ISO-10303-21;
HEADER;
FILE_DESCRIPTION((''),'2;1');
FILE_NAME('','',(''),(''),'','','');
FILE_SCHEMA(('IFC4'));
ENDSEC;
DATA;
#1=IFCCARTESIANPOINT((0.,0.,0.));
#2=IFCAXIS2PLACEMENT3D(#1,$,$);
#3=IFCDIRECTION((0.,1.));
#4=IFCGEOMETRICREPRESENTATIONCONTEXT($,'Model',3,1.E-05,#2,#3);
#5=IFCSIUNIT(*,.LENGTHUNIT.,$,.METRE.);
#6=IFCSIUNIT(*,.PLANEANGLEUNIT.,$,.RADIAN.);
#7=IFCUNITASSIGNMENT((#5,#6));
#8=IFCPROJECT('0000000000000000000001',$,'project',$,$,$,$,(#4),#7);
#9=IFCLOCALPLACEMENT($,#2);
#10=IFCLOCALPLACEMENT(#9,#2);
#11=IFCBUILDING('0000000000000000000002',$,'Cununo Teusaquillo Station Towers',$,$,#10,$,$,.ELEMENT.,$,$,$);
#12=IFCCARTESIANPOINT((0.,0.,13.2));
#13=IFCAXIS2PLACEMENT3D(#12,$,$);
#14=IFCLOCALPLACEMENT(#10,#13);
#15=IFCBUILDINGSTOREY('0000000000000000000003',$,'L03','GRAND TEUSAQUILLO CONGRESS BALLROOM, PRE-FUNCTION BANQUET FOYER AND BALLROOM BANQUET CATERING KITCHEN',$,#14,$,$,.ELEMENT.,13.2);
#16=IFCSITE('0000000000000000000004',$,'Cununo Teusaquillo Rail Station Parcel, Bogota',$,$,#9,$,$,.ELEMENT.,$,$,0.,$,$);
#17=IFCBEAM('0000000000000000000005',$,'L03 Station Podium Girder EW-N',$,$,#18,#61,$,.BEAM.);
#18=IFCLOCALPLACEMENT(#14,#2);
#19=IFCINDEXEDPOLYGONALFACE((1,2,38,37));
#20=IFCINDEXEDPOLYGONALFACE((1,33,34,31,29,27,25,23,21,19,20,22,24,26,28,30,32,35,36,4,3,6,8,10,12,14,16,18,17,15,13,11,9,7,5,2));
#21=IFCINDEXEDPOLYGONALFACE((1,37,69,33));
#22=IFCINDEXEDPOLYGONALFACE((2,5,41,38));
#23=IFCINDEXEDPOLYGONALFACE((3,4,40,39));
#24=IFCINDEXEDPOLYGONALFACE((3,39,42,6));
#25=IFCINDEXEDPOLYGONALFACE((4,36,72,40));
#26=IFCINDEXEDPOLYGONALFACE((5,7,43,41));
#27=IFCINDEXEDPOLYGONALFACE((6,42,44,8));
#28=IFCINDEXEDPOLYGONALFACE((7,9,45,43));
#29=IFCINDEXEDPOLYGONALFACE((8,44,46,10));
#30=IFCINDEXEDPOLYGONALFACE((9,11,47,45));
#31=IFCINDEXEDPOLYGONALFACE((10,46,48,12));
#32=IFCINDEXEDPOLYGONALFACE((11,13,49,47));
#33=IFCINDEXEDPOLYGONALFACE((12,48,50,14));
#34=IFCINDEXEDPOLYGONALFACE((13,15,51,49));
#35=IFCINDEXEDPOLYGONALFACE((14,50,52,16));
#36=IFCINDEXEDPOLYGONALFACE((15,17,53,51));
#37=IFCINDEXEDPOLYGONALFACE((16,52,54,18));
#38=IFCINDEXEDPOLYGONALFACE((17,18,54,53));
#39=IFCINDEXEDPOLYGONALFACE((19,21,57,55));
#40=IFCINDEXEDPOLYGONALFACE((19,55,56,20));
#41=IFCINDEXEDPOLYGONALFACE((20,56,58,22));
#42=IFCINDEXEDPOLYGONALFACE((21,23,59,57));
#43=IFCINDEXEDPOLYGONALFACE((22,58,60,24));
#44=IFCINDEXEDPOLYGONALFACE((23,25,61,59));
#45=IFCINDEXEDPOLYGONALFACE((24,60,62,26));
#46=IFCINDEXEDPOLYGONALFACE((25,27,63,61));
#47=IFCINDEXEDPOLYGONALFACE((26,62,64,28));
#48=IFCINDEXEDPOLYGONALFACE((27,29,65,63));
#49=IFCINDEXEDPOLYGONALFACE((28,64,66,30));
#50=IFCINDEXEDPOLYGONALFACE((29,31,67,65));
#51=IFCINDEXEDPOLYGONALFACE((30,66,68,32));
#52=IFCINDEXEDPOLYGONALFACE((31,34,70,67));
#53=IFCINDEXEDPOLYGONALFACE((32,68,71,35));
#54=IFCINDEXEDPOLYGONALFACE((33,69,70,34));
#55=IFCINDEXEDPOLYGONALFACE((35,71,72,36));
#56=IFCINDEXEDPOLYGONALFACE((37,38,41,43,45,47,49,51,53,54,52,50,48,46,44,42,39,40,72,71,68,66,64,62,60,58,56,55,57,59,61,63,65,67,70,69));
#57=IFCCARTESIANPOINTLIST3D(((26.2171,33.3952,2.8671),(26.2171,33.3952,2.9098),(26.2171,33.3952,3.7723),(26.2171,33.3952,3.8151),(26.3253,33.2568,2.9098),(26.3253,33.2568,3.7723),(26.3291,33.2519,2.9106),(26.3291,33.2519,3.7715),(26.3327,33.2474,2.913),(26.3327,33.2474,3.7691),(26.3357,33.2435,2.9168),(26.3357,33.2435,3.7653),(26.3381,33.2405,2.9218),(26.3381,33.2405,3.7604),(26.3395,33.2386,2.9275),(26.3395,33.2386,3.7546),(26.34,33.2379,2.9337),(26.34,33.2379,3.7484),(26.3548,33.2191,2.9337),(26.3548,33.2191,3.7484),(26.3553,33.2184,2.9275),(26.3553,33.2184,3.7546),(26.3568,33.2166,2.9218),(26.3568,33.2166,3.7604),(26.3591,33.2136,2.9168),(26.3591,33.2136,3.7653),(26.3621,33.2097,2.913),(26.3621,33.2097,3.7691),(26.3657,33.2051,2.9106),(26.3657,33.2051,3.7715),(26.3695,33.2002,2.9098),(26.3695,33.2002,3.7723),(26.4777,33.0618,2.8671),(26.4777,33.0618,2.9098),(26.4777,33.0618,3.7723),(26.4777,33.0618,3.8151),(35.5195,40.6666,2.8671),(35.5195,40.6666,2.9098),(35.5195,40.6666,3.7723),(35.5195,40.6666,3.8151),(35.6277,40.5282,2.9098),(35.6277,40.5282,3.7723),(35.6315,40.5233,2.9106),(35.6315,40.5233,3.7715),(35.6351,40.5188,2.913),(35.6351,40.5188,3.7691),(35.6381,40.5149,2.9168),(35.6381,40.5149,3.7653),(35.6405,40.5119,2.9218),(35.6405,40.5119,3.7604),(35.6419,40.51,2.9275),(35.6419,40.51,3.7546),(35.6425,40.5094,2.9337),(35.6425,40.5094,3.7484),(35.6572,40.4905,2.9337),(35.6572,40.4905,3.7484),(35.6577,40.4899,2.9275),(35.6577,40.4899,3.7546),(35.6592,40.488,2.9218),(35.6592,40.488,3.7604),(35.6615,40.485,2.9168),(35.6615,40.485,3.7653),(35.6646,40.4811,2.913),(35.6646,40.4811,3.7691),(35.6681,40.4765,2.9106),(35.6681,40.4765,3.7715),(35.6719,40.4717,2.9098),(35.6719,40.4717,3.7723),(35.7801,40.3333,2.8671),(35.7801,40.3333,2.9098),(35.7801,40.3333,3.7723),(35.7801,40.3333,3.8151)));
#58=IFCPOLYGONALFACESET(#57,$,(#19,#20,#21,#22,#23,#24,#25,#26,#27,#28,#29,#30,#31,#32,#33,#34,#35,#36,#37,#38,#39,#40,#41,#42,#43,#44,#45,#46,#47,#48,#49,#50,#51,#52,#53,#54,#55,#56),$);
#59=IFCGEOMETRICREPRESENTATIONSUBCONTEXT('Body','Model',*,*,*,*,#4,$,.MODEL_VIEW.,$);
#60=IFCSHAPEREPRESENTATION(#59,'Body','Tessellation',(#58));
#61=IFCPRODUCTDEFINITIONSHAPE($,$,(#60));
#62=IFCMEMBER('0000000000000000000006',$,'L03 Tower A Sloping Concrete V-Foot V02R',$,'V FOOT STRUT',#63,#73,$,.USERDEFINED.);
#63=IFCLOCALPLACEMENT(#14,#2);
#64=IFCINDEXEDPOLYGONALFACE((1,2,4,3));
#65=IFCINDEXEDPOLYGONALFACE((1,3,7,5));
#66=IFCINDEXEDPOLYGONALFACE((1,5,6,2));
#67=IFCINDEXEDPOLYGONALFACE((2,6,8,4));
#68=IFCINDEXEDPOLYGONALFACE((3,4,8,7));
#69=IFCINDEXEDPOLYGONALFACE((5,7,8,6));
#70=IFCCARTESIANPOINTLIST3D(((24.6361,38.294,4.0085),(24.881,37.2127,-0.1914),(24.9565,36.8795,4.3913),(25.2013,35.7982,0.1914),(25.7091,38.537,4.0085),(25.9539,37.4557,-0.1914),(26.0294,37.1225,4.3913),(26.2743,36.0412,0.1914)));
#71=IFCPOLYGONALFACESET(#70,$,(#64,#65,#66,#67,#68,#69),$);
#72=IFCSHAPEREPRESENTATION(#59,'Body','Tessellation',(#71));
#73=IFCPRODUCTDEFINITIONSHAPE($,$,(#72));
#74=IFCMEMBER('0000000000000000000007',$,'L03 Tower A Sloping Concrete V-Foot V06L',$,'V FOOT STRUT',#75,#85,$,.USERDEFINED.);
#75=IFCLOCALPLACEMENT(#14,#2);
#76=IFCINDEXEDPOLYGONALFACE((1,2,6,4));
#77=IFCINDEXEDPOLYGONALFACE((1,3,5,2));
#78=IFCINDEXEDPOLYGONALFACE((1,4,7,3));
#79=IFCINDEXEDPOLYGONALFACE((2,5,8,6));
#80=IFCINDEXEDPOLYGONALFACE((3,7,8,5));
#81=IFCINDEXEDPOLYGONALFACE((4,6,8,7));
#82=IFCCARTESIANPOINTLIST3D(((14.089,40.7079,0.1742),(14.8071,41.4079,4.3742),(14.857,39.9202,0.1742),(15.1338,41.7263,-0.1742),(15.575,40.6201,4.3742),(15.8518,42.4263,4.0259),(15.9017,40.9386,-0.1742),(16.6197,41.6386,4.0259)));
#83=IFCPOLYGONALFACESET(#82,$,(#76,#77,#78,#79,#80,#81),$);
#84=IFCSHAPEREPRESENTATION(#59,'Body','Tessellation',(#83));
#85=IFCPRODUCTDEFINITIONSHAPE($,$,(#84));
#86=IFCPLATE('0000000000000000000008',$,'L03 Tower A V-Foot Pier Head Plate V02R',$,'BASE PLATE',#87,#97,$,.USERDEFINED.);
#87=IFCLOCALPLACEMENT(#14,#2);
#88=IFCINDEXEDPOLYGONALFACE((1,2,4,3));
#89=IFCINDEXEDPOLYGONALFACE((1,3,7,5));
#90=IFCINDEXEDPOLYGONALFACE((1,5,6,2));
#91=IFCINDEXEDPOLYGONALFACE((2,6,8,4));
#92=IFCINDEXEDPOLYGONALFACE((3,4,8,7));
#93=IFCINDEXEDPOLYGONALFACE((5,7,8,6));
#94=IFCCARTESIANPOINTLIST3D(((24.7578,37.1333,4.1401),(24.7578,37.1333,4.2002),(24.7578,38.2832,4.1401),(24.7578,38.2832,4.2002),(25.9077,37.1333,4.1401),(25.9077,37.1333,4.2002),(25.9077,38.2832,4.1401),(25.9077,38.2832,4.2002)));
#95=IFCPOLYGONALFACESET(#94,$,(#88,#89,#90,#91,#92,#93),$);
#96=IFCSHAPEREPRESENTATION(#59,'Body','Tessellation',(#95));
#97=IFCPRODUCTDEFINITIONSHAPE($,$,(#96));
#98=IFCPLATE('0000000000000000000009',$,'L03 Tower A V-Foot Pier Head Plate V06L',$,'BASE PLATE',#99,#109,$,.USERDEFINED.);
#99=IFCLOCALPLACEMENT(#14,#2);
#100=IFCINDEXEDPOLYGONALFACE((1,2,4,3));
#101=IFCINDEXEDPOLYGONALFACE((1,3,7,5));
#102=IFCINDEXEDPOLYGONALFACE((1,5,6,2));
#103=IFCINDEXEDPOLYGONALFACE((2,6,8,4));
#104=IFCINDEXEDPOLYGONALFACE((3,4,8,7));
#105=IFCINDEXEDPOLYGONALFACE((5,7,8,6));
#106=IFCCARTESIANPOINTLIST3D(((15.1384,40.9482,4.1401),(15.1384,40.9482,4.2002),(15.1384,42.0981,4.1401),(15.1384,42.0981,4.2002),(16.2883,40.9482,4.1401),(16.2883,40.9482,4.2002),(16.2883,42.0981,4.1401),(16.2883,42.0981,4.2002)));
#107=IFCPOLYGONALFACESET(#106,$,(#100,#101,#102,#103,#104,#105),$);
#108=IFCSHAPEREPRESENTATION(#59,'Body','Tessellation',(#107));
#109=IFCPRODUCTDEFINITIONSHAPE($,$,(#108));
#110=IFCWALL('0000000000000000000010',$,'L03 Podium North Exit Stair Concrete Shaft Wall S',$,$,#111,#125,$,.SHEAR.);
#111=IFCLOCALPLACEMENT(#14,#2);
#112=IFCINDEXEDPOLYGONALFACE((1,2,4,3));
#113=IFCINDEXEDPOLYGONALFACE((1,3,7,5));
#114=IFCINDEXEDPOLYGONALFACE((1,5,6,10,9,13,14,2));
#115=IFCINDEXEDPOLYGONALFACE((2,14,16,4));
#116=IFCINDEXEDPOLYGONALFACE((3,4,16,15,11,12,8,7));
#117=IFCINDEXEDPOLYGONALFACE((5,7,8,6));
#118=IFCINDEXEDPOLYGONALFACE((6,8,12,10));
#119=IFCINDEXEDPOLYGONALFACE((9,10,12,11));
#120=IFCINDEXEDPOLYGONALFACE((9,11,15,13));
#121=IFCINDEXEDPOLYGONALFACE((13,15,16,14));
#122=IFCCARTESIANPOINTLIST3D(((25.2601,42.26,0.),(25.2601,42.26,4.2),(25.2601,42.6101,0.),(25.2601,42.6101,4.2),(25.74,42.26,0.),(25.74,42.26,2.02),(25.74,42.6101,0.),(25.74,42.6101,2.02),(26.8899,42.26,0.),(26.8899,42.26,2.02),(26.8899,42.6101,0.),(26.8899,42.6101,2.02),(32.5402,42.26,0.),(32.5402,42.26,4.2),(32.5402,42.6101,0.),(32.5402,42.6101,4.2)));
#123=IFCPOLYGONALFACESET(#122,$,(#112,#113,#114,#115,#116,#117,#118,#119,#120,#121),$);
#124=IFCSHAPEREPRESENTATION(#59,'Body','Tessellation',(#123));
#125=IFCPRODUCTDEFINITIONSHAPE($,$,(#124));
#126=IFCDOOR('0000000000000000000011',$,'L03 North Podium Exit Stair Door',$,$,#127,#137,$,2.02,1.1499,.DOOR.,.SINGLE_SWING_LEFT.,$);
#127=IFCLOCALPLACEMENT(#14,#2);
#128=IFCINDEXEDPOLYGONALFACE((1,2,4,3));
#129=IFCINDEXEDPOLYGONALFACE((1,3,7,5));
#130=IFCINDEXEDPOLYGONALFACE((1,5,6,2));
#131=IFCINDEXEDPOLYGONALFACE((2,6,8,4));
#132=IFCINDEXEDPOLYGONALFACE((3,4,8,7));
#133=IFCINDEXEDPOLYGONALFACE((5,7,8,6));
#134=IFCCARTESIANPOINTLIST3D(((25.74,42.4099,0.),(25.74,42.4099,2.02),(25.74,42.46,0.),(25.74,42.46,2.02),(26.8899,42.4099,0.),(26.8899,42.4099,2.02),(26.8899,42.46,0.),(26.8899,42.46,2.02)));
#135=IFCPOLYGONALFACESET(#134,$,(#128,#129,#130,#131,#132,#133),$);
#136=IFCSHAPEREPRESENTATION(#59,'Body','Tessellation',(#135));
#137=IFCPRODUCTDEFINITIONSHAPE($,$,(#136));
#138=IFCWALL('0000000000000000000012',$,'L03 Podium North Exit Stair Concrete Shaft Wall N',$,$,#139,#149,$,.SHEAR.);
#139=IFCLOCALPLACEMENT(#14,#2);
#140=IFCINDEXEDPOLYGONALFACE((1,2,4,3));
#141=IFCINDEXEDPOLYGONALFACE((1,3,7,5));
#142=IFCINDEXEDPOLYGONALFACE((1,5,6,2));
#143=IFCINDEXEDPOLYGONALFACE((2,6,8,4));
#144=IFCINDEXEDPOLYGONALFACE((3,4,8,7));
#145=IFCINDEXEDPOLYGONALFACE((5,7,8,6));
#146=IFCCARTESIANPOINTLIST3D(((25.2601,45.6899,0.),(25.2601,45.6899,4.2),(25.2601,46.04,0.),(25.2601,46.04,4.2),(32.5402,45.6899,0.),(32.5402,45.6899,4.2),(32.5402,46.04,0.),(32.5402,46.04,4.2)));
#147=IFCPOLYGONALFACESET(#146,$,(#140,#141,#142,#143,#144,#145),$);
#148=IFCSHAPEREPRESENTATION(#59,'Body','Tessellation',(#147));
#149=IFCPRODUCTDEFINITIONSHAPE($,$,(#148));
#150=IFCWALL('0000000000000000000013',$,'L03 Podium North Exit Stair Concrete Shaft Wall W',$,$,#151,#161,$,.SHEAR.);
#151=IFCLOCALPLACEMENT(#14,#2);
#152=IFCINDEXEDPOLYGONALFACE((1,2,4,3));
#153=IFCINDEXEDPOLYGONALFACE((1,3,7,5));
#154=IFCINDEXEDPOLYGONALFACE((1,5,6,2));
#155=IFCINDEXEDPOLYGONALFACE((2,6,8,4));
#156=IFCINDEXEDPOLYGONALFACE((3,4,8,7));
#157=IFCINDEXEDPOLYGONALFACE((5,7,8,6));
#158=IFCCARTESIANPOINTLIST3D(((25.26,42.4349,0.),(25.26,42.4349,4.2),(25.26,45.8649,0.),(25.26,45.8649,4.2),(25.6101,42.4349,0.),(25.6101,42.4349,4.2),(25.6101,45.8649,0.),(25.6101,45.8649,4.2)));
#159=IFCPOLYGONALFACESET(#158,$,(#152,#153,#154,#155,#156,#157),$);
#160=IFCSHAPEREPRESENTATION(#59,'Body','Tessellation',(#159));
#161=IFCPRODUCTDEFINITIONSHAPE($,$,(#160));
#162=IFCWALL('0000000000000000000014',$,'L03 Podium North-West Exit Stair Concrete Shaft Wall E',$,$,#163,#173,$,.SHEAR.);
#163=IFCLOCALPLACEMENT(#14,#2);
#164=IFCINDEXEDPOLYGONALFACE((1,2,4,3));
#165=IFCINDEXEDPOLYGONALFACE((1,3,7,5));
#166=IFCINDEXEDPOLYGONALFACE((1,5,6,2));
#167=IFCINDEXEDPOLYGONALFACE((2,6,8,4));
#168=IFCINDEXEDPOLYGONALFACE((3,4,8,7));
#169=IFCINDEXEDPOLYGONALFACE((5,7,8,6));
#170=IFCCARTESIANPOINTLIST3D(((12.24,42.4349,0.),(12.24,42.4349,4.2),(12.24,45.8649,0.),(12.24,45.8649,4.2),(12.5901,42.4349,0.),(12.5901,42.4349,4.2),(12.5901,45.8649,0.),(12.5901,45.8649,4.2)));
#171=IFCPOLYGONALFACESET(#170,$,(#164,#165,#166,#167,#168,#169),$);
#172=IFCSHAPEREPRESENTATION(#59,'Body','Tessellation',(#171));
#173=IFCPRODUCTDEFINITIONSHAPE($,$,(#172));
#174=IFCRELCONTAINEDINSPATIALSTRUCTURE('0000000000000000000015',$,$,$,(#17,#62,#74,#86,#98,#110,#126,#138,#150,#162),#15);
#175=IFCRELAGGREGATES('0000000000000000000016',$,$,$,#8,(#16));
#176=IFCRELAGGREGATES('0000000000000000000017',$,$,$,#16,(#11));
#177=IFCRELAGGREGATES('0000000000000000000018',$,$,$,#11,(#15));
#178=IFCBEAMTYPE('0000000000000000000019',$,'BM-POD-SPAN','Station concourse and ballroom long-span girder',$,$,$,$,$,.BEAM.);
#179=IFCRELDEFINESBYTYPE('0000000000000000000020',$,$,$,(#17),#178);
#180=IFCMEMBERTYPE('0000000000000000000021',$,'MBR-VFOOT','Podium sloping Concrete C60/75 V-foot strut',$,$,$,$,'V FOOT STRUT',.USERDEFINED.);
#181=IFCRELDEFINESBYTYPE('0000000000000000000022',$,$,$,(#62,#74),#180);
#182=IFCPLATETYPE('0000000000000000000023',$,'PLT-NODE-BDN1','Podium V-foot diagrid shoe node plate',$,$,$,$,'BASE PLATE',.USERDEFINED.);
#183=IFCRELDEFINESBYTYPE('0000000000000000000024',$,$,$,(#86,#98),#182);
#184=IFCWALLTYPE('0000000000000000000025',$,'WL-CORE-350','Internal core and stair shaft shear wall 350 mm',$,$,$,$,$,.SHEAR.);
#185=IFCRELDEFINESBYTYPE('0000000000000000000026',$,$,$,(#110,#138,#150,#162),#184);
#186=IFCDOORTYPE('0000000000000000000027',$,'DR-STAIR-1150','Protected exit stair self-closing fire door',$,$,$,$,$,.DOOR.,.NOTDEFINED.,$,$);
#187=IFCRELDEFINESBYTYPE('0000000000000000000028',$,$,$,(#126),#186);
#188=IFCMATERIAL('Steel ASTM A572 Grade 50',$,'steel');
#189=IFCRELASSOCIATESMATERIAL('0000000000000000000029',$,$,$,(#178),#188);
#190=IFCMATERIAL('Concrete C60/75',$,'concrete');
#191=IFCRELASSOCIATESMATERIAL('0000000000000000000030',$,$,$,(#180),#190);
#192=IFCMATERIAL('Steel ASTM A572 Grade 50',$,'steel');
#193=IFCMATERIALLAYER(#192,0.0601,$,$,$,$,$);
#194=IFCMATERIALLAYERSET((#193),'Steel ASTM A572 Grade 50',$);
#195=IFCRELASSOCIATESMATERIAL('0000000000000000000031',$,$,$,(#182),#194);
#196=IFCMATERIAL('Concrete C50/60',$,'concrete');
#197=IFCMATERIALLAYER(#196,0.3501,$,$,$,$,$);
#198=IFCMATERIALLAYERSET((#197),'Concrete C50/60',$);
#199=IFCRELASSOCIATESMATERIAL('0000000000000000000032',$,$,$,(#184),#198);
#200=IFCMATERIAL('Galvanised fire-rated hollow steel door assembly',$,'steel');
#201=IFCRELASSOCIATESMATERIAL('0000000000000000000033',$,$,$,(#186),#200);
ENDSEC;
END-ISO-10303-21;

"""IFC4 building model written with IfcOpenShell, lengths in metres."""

from ifc_helpers import new_model, si_unit, direction, frame, frame_2d, origin, origin_2d, place, context, subcontext, project, spatial, rectangle, i_section, extrude, source, transform, mapped, material, layer, layer_set, material_profile, profile_set, type_object, element, fill, save


model = new_model("IFC4")

# Units and contexts
model_context = context("Model", 3, precision=1e-05, world=origin(), true_north=direction((0.0, 1.0)))
body_context = subcontext(model_context, "Body", "Model", "MODEL_VIEW")
ifc_project = project(units=[si_unit("LENGTHUNIT", "METRE"), si_unit("PLANEANGLEUNIT", "RADIAN")], contexts=[model_context])

# Site, building, storey
site_placement = place(None, origin())
site = spatial("IfcSite", under=ifc_project, at=site_placement, Name="Cununo Teusaquillo Rail Station Parcel, Bogota", CompositionType="ELEMENT", RefElevation=0.0)
building_placement = place(site_placement, origin())
building = spatial("IfcBuilding", under=site, at=building_placement, Name="Cununo Teusaquillo Station Towers", CompositionType="ELEMENT")
storey_placement = place(building_placement, frame((0.0, 0.0, 13.2)))
storey = spatial("IfcBuildingStorey", under=building, at=storey_placement, Name="L03", Description="GRAND TEUSAQUILLO CONGRESS BALLROOM, PRE-FUNCTION BANQUET FOYER AND BALLROOM BANQUET CATERING KITCHEN", CompositionType="ELEMENT", Elevation=13.2)

# Beam
ifc_material_1 = material(Name="Steel ASTM A572 Grade 50", Category="steel")
ifc_material_profile_1 = material_profile(ifc_material_1, i_section(OverallWidth=0.4231, OverallDepth=0.948, WebThickness=0.0239, FlangeThickness=0.0427, FilletRadius=0.0239, at=origin_2d()), Name="W36X302")
ifc_profile_set_1 = profile_set([ifc_material_profile_1], Name="Steel ASTM A572 Grade 50")
beam_type_1 = type_object("IfcBeamType", Name="BM-POD-SPAN", Description="Station concourse and ballroom long-span girder", PredefinedType="BEAM", material=ifc_profile_set_1)
beam_1_placement = place(storey_placement, frame((26.3474, 33.2285, 3.3411), z_axis=(0.787864, 0.61585, 0.0), x_axis=(-0.61585, 0.787864, 0.0)))
element("IfcBeam", 1, at=beam_1_placement, inside=storey, type_object=beam_type_1, Name="L03 Station Podium Girder EW-N", PredefinedType="BEAM", context=body_context, shape_type="SweptSolid", body=[
    extrude(i_section(OverallWidth=0.4231, OverallDepth=0.948, WebThickness=0.0239, FlangeThickness=0.0427, FilletRadius=0.0239, at=origin_2d()), origin(), (0.0, 0.0, 1.0), 11.8071),
])

# Members
ifc_material_2 = material(Name="Concrete C60/75", Category="concrete")
ifc_material_profile_2 = material_profile(ifc_material_2, rectangle(XDim=1.1001, YDim=1.5, at=origin_2d()), Name="RC-RECT-1500x1100")
ifc_profile_set_2 = profile_set([ifc_material_profile_2], Name="Concrete C60/75")
member_type = type_object("IfcMemberType", Name="MBR-VFOOT", Description="Podium sloping Concrete C60/75 V-foot strut", ElementType="V FOOT STRUT", PredefinedType="USERDEFINED", material=ifc_profile_set_2)
member_1_placement = place(storey_placement, frame((25.5776, 36.627, 0.0), z_axis=(-0.056373, 0.248928, 0.96688), x_axis=(-0.975303, -0.220869, 0.0)))
element("IfcMember", 2, at=member_1_placement, inside=storey, type_object=member_type, Name="L03 Tower A Sloping Concrete V-Foot V02R", ObjectType="V FOOT STRUT", PredefinedType="USERDEFINED", context=body_context, shape_type="SweptSolid", body=[
    extrude(rectangle(XDim=1.1001, YDim=1.5, at=origin_2d()), origin(), (0.0, 0.0, 1.0), 4.3438),
])
member_2_placement = place(storey_placement, frame((14.9954, 40.8232, 0.0), z_axis=(0.166285, 0.162101, 0.972663), x_axis=(-0.698041, 0.716058, 0.0)))
element("IfcMember", 3, at=member_2_placement, inside=storey, type_object=member_type, Name="L03 Tower A Sloping Concrete V-Foot V06L", ObjectType="V FOOT STRUT", PredefinedType="USERDEFINED", context=body_context, shape_type="SweptSolid", body=[
    extrude(rectangle(XDim=1.1001, YDim=1.5, at=origin_2d()), origin(), (0.0, 0.0, 1.0), 4.3181),
])

# Plates
ifc_material_3 = material(Name="Steel ASTM A572 Grade 50", Category="steel")
ifc_layer_1 = layer(ifc_material_3, 0.0601)
ifc_layer_set_1 = layer_set([ifc_layer_1], Name="Steel ASTM A572 Grade 50")
plate_type = type_object("IfcPlateType", Name="PLT-NODE-BDN1", Description="Podium V-foot diagrid shoe node plate", ElementType="BASE PLATE", PredefinedType="USERDEFINED", material=ifc_layer_set_1)
shared_shape_1 = source(origin(), body_context, "Body", "SweptSolid", [
    extrude(rectangle(XDim=1.1499, YDim=1.1499, at=origin_2d()), origin(), (0.0, 0.0, 1.0), 0.0601),
])
for number, where, z_axis, x_axis, name in (
    (4, (25.3328, 37.7083, 4.1401), (0.0, 0.0, 1.0), (1.0, 0.0, 0.0), "L03 Tower A V-Foot Pier Head Plate V02R"),
    (5, (15.7134, 41.5232, 4.1401), (0.0, 0.0, 1.0), (1.0, 0.0, 0.0), "L03 Tower A V-Foot Pier Head Plate V06L"),
):
    element("IfcPlate", number, at=place(storey_placement, frame(where, z_axis=z_axis, x_axis=x_axis)), inside=storey, type_object=plate_type, Name=name, ObjectType="BASE PLATE", PredefinedType="USERDEFINED", context=body_context, shape_type="MappedRepresentation", body=[
        mapped(shared_shape_1, transform((0.0, 0.0, 0.0), x_axis=(1.0, 0.0, 0.0), y_axis=(0.0, 1.0, 0.0), z_axis=(0.0, 0.0, 1.0), scale=1.0)),
    ])

# Wall, opening, door
ifc_material_4 = material(Name="Concrete C50/60", Category="concrete")
ifc_layer_2 = layer(ifc_material_4, 0.3501)
ifc_layer_set_2 = layer_set([ifc_layer_2], Name="Concrete C50/60")
wall_type_1 = type_object("IfcWallType", Name="WL-CORE-350", Description="Internal core and stair shaft shear wall 350 mm", PredefinedType="SHEAR", material=ifc_layer_set_2)
wall_1_placement = place(storey_placement, frame((25.26, 42.4351, 0.0), z_axis=(0.0, 0.0, 1.0), x_axis=(1.0, 0.0, 0.0)))
wall_1 = element("IfcWall", 6, at=wall_1_placement, inside=storey, type_object=wall_type_1, Name="L03 Podium North Exit Stair Concrete Shaft Wall S", PredefinedType="SHEAR", context=body_context, shape_type="SweptSolid", body=[
    extrude(rectangle(XDim=7.28, YDim=0.3501, at=frame_2d((3.6401, 0.0))), origin(), (0.0, 0.0, 1.0), 4.2),
])
shared_shape_2 = source(origin(), body_context, "Body", "SweptSolid", [
    extrude(rectangle(XDim=1.1499, YDim=2.02, at=frame_2d((0.575, 1.01))), frame((0.0, 0.1851, 0.0), z_axis=(0.0, -1.0, 0.0), x_axis=(1.0, 0.0, 0.0)), (0.0, 0.0, 1.0), 0.3701),
])
opening_1_placement = place(wall_1_placement, frame((0.48, 0.0, 0.0)))
opening_1 = element("IfcOpeningElement", 7, at=opening_1_placement, cuts=wall_1, PredefinedType="OPENING", context=body_context, shape_type="MappedRepresentation", body=[
    mapped(shared_shape_2, transform((0.0, 0.0, 0.0), x_axis=(1.0, 0.0, 0.0), y_axis=(0.0, 1.0, 0.0), z_axis=(0.0, 0.0, 1.0), scale=1.0)),
])
ifc_material_5 = material(Name="Galvanised fire-rated hollow steel door assembly", Category="steel")
door_type_1 = type_object("IfcDoorType", Name="DR-STAIR-1150", Description="Protected exit stair self-closing fire door", OperationType="NOTDEFINED", PredefinedType="DOOR", material=ifc_material_5)
shared_shape_3 = source(origin(), body_context, "Body", "SweptSolid", [
    extrude(rectangle(XDim=1.1499, YDim=2.02, at=frame_2d((0.575, 1.01))), frame((0.0, 0.0249, 0.0), z_axis=(0.0, -1.0, 0.0), x_axis=(1.0, 0.0, 0.0)), (0.0, 0.0, 1.0), 0.05),
])
door_1_placement = place(opening_1_placement, origin())
door_1 = element("IfcDoor", 8, at=door_1_placement, inside=storey, type_object=door_type_1, Name="L03 North Podium Exit Stair Door", OperationType="SINGLE_SWING_LEFT", OverallHeight=2.02, OverallWidth=1.1499, PredefinedType="DOOR", context=body_context, shape_type="MappedRepresentation", body=[
    mapped(shared_shape_3, transform((0.0, 0.0, 0.0), x_axis=(1.0, 0.0, 0.0), y_axis=(0.0, 1.0, 0.0), z_axis=(0.0, 0.0, 1.0), scale=1.0)),
])
fill(opening_1, door_1)

# Walls
wall_2_placement = place(storey_placement, frame((25.26, 45.865, 0.0), z_axis=(0.0, 0.0, 1.0), x_axis=(1.0, 0.0, 0.0)))
element("IfcWall", 9, at=wall_2_placement, inside=storey, type_object=wall_type_1, Name="L03 Podium North Exit Stair Concrete Shaft Wall N", PredefinedType="SHEAR", context=body_context, shape_type="SweptSolid", body=[
    extrude(rectangle(XDim=7.28, YDim=0.3501, at=frame_2d((3.6401, 0.0))), origin(), (0.0, 0.0, 1.0), 4.2),
])
for number, where, z_axis, x_axis, name in (
    (10, (25.4351, 42.4351, 0.0), (0.0, 0.0, 1.0), (0.0, 1.0, 0.0), "L03 Podium North Exit Stair Concrete Shaft Wall W"),
    (11, (12.415, 42.4351, 0.0), (0.0, 0.0, 1.0), (0.0, 1.0, 0.0), "L03 Podium North-West Exit Stair Concrete Shaft Wall E"),
):
    element("IfcWall", number, at=place(storey_placement, frame(where, z_axis=z_axis, x_axis=x_axis)), inside=storey, type_object=wall_type_1, Name=name, PredefinedType="SHEAR", context=body_context, shape_type="SweptSolid", body=[
        extrude(rectangle(XDim=3.4299, YDim=0.3501, at=frame_2d((1.7148, 0.0))), origin(), (0.0, 0.0, 1.0), 4.2),
    ])

save(model, "model.ifc")
